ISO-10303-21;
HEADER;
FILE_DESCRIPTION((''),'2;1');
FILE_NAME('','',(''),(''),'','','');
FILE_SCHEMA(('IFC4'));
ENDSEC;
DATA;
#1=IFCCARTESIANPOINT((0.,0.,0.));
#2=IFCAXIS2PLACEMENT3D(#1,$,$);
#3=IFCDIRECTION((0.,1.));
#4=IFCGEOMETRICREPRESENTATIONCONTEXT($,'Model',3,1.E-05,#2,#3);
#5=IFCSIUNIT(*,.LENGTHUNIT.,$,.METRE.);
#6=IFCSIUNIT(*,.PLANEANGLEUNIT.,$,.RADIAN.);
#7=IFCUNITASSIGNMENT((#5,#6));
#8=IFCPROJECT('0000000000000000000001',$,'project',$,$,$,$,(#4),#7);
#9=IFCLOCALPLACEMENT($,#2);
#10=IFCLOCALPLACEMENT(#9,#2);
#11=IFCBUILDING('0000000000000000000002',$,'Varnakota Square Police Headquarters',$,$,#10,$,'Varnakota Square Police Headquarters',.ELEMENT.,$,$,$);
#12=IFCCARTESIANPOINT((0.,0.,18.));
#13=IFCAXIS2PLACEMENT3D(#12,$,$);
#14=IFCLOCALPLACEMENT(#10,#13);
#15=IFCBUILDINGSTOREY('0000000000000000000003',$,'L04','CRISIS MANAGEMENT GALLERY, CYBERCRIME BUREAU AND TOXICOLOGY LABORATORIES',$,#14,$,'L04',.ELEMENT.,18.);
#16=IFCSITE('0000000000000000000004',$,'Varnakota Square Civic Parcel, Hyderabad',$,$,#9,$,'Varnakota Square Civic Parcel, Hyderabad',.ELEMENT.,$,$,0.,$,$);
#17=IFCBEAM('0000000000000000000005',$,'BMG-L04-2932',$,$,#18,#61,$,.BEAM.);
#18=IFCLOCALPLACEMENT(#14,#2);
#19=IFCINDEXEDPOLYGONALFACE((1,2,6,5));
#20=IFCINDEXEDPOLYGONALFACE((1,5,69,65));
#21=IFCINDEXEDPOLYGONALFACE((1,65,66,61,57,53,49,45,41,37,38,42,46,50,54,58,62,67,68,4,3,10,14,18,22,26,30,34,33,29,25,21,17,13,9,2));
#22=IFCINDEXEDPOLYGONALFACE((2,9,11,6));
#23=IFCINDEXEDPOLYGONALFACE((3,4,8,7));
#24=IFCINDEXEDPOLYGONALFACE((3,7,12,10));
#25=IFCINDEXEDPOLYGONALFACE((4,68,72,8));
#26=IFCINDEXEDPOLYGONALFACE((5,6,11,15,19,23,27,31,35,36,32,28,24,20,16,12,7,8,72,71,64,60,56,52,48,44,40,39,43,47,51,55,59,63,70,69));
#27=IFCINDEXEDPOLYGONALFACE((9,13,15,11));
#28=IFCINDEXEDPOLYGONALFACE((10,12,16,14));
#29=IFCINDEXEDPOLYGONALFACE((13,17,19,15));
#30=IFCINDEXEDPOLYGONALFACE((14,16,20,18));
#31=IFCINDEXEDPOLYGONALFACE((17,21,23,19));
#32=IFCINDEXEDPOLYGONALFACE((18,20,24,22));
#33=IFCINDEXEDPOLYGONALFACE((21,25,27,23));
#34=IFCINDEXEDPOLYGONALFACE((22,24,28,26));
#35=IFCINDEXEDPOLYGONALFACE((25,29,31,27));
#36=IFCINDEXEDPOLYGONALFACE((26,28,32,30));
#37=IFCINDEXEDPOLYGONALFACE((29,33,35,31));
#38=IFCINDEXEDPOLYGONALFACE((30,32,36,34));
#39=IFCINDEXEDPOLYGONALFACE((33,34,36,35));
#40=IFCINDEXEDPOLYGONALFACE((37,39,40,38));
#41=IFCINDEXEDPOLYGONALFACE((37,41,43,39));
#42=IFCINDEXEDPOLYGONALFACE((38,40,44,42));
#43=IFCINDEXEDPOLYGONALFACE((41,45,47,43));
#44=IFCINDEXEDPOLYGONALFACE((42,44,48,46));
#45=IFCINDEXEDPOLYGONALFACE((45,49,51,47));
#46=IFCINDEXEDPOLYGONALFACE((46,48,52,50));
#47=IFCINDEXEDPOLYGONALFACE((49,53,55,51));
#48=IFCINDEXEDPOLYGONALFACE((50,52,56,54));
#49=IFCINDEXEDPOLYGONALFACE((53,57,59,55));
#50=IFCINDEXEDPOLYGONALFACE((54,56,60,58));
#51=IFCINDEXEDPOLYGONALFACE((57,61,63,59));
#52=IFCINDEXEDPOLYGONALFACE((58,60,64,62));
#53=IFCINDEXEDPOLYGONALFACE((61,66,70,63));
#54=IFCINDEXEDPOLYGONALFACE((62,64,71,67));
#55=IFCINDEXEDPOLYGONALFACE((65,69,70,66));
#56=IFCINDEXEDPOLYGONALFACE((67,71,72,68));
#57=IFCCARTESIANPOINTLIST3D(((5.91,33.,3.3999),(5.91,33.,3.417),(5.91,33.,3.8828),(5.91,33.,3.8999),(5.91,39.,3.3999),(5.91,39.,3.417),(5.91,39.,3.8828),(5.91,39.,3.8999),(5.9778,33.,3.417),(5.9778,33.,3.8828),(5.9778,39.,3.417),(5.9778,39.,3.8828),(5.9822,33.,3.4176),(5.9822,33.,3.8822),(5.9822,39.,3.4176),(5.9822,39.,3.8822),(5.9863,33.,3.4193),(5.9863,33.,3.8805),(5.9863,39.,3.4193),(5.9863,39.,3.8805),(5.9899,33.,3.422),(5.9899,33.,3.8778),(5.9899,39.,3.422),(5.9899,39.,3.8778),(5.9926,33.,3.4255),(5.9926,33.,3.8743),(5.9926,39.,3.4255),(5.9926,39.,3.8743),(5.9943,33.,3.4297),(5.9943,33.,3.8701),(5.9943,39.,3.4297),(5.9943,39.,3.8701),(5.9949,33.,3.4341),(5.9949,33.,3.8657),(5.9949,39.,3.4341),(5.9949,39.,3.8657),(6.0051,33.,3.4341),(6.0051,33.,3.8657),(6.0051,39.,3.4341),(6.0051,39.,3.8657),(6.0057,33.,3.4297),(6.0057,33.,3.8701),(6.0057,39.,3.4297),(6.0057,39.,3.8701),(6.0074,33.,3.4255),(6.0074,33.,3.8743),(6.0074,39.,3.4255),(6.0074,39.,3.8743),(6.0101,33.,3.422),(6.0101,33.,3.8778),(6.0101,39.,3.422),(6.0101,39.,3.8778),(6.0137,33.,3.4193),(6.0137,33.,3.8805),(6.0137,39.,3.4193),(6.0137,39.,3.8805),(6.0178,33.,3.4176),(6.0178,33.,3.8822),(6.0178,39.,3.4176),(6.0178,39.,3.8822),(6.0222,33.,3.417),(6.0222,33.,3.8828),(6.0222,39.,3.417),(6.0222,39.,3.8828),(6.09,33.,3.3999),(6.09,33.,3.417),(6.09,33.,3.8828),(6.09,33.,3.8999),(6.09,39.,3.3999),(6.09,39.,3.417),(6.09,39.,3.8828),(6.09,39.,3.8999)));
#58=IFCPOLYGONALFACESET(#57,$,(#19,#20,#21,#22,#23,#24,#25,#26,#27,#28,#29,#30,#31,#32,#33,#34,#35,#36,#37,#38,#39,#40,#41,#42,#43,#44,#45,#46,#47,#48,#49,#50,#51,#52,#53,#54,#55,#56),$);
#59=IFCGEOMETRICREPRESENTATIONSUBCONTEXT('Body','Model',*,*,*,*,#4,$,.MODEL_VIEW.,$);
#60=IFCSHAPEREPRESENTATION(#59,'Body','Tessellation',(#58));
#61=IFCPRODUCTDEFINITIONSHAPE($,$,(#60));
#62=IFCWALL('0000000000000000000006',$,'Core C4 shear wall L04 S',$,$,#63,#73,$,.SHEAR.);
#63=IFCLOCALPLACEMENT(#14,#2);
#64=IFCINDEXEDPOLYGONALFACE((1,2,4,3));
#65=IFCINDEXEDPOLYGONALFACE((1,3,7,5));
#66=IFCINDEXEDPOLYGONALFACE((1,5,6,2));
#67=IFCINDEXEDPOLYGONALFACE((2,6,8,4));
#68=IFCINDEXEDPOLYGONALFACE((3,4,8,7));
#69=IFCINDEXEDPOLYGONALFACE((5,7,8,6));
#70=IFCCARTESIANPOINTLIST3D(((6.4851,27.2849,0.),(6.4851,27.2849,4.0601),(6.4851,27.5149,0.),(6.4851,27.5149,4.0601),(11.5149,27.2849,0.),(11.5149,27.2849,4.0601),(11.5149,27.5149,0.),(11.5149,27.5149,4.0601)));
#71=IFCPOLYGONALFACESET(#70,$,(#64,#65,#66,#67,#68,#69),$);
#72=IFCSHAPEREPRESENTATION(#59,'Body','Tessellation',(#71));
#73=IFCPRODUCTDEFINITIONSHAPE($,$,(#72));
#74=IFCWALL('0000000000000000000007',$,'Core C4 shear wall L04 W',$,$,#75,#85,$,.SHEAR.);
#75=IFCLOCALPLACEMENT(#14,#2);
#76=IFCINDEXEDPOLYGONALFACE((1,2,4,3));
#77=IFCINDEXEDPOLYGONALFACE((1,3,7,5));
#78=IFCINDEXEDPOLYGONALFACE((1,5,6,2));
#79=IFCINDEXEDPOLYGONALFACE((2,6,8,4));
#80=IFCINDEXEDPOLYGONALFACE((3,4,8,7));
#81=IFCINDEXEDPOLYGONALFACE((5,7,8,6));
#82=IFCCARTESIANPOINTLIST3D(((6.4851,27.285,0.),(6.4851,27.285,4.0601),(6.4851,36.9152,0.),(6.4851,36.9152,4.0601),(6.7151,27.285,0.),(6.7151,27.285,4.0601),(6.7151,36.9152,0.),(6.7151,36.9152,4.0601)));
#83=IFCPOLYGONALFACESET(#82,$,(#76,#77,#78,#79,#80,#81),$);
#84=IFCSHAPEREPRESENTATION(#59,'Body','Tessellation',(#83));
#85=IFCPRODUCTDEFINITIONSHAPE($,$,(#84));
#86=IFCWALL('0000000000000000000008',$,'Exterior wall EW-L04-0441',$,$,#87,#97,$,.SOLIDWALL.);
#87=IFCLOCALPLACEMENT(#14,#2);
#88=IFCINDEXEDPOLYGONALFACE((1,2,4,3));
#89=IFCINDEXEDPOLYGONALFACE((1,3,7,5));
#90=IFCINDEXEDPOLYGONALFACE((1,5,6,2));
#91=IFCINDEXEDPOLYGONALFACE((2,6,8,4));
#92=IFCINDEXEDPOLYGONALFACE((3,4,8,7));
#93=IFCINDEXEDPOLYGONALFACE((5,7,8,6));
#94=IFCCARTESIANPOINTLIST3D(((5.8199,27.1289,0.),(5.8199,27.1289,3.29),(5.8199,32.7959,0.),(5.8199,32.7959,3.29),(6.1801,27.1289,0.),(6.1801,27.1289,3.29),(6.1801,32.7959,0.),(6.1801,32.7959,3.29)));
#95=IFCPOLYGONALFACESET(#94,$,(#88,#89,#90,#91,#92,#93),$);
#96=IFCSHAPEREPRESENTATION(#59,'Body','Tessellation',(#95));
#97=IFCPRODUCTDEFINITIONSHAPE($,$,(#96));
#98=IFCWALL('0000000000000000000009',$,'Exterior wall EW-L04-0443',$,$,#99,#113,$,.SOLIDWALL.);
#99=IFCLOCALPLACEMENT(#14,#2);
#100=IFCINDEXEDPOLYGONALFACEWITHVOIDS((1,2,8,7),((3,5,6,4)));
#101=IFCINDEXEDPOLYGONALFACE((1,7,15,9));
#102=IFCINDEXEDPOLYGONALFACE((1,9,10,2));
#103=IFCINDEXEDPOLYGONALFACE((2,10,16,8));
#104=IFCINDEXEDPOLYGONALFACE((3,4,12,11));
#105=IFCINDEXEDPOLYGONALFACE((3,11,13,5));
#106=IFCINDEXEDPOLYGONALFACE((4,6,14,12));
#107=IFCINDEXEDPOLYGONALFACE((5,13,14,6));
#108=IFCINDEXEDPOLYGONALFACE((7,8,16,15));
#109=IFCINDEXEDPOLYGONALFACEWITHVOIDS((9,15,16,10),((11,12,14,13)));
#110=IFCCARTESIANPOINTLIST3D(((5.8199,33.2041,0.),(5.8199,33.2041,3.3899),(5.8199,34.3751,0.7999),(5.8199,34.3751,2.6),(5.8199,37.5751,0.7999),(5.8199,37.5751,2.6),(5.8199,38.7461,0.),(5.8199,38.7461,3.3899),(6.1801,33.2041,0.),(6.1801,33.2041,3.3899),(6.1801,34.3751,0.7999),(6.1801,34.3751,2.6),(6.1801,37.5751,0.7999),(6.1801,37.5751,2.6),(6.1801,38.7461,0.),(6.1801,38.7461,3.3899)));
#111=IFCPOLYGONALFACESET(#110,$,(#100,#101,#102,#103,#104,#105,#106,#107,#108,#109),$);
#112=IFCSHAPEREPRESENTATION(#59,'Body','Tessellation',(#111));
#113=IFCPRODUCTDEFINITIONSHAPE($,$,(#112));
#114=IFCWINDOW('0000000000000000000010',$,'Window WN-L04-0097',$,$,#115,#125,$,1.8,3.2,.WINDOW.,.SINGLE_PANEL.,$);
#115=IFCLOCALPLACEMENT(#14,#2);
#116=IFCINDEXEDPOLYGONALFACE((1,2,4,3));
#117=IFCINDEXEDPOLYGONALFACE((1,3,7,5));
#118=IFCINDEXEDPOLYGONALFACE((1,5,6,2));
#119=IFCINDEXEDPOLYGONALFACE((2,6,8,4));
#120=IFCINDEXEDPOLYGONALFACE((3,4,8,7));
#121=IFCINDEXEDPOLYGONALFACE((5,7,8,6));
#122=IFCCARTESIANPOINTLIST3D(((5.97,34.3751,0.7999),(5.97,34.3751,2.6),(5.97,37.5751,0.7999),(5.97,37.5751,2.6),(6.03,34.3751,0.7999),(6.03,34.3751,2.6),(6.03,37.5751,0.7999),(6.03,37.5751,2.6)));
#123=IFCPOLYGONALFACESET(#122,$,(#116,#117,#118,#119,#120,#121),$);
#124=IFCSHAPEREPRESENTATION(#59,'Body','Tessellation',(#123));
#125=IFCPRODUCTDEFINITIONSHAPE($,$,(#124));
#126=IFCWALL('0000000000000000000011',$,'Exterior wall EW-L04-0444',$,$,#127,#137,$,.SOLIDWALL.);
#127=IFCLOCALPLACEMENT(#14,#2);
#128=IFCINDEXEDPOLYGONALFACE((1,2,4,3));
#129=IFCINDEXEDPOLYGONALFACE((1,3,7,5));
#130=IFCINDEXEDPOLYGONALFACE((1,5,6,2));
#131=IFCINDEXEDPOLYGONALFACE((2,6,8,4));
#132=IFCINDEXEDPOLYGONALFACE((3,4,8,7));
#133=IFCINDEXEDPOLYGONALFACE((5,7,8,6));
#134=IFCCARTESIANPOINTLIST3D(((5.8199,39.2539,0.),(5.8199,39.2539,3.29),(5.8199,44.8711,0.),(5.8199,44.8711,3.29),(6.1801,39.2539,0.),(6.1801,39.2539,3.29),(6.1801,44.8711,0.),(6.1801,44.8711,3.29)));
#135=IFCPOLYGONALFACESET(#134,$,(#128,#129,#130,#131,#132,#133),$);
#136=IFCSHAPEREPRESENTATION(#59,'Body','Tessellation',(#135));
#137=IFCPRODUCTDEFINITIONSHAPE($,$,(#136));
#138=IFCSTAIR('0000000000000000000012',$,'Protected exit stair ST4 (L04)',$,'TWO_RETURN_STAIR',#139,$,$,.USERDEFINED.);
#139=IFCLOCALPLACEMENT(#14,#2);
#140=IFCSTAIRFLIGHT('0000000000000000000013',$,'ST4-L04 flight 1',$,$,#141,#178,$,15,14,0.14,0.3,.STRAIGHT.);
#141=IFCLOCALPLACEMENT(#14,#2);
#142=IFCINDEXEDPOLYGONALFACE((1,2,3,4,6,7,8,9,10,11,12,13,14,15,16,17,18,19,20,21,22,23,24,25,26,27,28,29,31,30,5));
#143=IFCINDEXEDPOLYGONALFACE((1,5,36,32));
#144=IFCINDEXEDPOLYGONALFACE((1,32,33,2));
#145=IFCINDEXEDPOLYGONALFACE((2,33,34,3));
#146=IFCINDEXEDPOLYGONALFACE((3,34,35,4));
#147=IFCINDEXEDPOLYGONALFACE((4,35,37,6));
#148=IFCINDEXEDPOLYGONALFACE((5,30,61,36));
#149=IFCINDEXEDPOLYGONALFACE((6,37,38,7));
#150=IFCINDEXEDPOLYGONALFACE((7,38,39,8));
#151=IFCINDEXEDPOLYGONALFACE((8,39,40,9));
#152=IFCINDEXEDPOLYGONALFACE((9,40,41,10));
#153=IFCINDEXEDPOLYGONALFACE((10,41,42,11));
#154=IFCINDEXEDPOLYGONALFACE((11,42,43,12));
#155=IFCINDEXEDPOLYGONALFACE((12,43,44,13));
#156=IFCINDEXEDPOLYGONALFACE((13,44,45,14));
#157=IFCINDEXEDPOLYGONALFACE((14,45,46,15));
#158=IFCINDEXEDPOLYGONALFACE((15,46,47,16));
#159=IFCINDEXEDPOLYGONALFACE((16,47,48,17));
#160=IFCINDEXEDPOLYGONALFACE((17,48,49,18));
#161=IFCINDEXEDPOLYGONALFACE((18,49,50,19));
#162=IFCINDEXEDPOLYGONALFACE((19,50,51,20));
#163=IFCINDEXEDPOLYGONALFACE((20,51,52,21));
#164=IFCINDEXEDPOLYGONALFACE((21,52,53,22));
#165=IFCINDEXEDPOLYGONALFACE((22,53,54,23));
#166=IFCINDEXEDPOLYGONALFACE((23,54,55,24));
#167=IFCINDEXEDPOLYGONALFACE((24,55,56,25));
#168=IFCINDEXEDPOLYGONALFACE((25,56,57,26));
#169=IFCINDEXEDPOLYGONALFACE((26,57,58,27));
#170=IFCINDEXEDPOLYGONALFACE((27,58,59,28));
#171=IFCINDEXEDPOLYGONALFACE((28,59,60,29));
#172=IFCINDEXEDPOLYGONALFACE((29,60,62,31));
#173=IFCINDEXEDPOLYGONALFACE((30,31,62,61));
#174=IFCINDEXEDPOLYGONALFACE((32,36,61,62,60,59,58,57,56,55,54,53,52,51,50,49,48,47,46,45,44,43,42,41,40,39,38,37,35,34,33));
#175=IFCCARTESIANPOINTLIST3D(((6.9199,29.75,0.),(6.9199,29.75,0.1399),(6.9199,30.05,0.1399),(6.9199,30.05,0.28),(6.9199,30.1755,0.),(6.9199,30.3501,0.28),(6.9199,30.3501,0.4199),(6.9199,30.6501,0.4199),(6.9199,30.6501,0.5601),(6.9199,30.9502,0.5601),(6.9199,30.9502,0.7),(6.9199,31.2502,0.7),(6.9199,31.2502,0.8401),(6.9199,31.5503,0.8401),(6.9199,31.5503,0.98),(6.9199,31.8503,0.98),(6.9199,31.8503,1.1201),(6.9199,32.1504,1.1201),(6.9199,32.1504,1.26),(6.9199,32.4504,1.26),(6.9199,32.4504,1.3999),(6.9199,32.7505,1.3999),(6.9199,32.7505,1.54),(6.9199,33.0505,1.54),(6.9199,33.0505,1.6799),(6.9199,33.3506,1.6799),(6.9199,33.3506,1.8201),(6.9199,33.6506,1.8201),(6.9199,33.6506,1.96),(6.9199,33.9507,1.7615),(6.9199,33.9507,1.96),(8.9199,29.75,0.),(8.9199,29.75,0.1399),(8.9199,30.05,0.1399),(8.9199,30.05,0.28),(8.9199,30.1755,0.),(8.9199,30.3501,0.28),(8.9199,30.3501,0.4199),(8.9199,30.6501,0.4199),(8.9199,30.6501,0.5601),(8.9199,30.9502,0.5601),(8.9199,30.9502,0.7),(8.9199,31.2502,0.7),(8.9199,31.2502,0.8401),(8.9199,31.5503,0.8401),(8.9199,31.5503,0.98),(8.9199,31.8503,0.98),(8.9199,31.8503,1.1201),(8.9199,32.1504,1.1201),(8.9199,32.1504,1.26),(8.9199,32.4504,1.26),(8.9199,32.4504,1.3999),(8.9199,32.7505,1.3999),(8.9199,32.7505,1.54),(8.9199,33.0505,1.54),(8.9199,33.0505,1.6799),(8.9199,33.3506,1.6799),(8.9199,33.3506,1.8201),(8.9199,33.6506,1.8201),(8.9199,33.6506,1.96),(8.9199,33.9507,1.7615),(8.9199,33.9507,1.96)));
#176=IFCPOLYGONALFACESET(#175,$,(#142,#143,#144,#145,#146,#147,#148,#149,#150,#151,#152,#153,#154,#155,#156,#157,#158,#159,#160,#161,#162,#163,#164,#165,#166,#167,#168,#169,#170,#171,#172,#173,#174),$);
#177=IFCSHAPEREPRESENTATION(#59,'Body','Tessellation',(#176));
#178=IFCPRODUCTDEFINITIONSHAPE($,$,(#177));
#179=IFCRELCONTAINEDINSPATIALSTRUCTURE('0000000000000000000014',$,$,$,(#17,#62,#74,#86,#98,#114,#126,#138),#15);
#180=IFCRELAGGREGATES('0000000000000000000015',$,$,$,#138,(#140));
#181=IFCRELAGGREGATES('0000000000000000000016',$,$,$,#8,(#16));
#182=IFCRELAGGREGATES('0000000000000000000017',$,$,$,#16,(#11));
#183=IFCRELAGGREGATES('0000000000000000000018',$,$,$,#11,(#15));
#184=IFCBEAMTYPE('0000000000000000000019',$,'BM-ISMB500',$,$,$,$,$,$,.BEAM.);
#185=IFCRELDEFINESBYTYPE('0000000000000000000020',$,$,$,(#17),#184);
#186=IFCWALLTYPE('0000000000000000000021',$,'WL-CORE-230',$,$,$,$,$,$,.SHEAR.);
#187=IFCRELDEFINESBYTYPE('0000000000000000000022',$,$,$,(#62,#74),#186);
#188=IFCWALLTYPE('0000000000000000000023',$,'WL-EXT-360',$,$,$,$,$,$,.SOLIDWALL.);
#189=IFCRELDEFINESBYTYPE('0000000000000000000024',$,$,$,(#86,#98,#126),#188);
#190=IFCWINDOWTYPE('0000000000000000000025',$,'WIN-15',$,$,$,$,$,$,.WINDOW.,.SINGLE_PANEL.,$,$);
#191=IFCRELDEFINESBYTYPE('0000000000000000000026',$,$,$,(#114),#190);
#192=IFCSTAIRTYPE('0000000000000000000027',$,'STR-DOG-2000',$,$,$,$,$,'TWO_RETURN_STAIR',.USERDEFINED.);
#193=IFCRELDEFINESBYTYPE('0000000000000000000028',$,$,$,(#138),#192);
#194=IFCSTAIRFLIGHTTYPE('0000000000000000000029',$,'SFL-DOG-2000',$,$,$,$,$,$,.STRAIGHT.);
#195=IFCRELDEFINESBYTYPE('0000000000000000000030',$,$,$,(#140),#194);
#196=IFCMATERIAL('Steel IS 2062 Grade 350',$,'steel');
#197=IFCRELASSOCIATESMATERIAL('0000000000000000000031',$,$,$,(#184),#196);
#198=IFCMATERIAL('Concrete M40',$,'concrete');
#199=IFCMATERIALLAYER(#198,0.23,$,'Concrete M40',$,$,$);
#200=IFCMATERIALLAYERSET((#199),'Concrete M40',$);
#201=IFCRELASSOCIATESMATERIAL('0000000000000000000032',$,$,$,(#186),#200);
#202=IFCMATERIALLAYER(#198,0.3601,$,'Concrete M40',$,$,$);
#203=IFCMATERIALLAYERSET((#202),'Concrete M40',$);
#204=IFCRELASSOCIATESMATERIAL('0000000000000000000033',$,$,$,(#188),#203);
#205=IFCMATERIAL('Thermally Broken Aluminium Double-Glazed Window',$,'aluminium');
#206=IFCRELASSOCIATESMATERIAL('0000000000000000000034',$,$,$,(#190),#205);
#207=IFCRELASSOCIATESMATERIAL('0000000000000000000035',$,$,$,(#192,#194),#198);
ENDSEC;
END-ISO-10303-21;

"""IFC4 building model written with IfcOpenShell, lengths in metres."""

from ifc_helpers import new_model, si_unit, direction, frame, frame_2d, origin, origin_2d, place, context, subcontext, project, spatial, polyline, rectangle, i_section, outline, extrude, material, layer, layer_set, material_profile, profile_set, type_object, element, fill, aggregate, save


model = new_model("IFC4")

# Units and contexts
model_context = context("Model", 3, precision=1e-05, world=origin(), true_north=direction((0.0, 1.0)))
body_context = subcontext(model_context, "Body", "Model", "MODEL_VIEW")
ifc_project = project(units=[si_unit("LENGTHUNIT", "METRE"), si_unit("PLANEANGLEUNIT", "RADIAN")], contexts=[model_context])

# Site, building, storey
site_placement = place(None, origin())
site = spatial("IfcSite", under=ifc_project, at=site_placement, Name="Varnakota Square Civic Parcel, Hyderabad", LongName="Varnakota Square Civic Parcel, Hyderabad", CompositionType="ELEMENT", RefElevation=0.0)
building_placement = place(site_placement, origin())
building = spatial("IfcBuilding", under=site, at=building_placement, Name="Varnakota Square Police Headquarters", LongName="Varnakota Square Police Headquarters", CompositionType="ELEMENT")
storey_placement = place(building_placement, frame((0.0, 0.0, 18.0)))
storey = spatial("IfcBuildingStorey", under=building, at=storey_placement, Name="L04", Description="CRISIS MANAGEMENT GALLERY, CYBERCRIME BUREAU AND TOXICOLOGY LABORATORIES", LongName="L04", CompositionType="ELEMENT", Elevation=18.0)

# Shared definitions
ifc_material_1 = material(Name="Steel IS 2062 Grade 350", Category="steel")

# Beam
ifc_material_profile_1 = material_profile(ifc_material_1, i_section(OverallWidth=0.1799, OverallDepth=0.5, WebThickness=0.0103, FlangeThickness=0.0171, FilletRadius=0.0171, at=origin_2d()), Name="ISMB 500")
ifc_profile_set_1 = profile_set([ifc_material_profile_1], Name="Steel IS 2062 Grade 350")
beam_type_1 = type_object("IfcBeamType", Name="BM-ISMB500", PredefinedType="BEAM", material=ifc_profile_set_1)
beam_1_placement = place(storey_placement, frame((6.0, 33.0, 3.6499), z_axis=(0.0, 1.0, 0.0), x_axis=(-1.0, 0.0, 0.0)))
element("IfcBeam", 1, at=beam_1_placement, inside=storey, type_object=beam_type_1, Name="BMG-L04-2932", PredefinedType="BEAM", context=body_context, shape_type="SweptSolid", body=[
    extrude(i_section(OverallWidth=0.1799, OverallDepth=0.5, WebThickness=0.0103, FlangeThickness=0.0171, FilletRadius=0.0171, at=origin_2d()), origin(), (0.0, 0.0, 1.0), 6.0),
])

# Walls
ifc_material_2 = material(Name="Concrete M40", Category="concrete")
ifc_layer_1 = layer(ifc_material_2, 0.23, Name="Concrete M40")
ifc_layer_set_1 = layer_set([ifc_layer_1], Name="Concrete M40")
wall_type_1 = type_object("IfcWallType", Name="WL-CORE-230", PredefinedType="SHEAR", material=ifc_layer_set_1)
wall_1_placement = place(storey_placement, frame((6.4851, 27.3999, 0.0), z_axis=(0.0, 0.0, 1.0), x_axis=(1.0, 0.0, 0.0)))
element("IfcWall", 2, at=wall_1_placement, inside=storey, type_object=wall_type_1, Name="Core C4 shear wall L04 S", PredefinedType="SHEAR", context=body_context, shape_type="SweptSolid", body=[
    extrude(rectangle(XDim=5.0298, YDim=0.23, at=frame_2d((2.5149, 0.0))), origin(), (0.0, 0.0, 1.0), 4.0601),
])
wall_2_placement = place(storey_placement, frame((6.6001, 36.915, 0.0), z_axis=(0.0, 0.0, 1.0), x_axis=(0.0, -1.0, 0.0)))
element("IfcWall", 3, at=wall_2_placement, inside=storey, type_object=wall_type_1, Name="Core C4 shear wall L04 W", PredefinedType="SHEAR", context=body_context, shape_type="SweptSolid", body=[
    extrude(rectangle(XDim=9.6301, YDim=0.23, at=frame_2d((4.8149, 0.0))), origin(), (0.0, 0.0, 1.0), 4.0601),
])
ifc_layer_2 = layer(ifc_material_2, 0.3601, Name="Concrete M40")
ifc_layer_set_2 = layer_set([ifc_layer_2], Name="Concrete M40")
wall_type_2 = type_object("IfcWallType", Name="WL-EXT-360", PredefinedType="SOLIDWALL", material=ifc_layer_set_2)
wall_3_placement = place(storey_placement, frame((6.0, 27.1289, 0.0), z_axis=(0.0, 0.0, 1.0), x_axis=(0.0, 1.0, 0.0)))
element("IfcWall", 4, at=wall_3_placement, inside=storey, type_object=wall_type_2, Name="Exterior wall EW-L04-0441", PredefinedType="SOLIDWALL", context=body_context, shape_type="SweptSolid", body=[
    extrude(rectangle(XDim=5.667, YDim=0.3601, at=frame_2d((2.8335, 0.0))), origin(), (0.0, 0.0, 1.0), 3.29),
])

# Wall, opening, window
wall_4_placement = place(storey_placement, frame((6.0, 33.2041, 0.0), z_axis=(0.0, 0.0, 1.0), x_axis=(0.0, 1.0, 0.0)))
wall_4 = element("IfcWall", 5, at=wall_4_placement, inside=storey, type_object=wall_type_2, Name="Exterior wall EW-L04-0443", PredefinedType="SOLIDWALL", context=body_context, shape_type="SweptSolid", body=[
    extrude(rectangle(XDim=5.542, YDim=0.3601, at=frame_2d((2.771, 0.0))), origin(), (0.0, 0.0, 1.0), 3.3899),
])
opening_placement = place(wall_4_placement, frame((1.1709, 0.0, 0.8)))
opening = element("IfcOpeningElement", 6, at=opening_placement, cuts=wall_4, PredefinedType="OPENING", context=body_context, shape_type="SweptSolid", body=[
    extrude(rectangle(XDim=3.2, YDim=1.8, at=frame_2d((1.6001, 0.8999))), frame((0.0, 0.1899, 0.0), z_axis=(0.0, -1.0, 0.0), x_axis=(1.0, 0.0, 0.0)), (0.0, 0.0, 1.0), 0.3801),
])
ifc_material_3 = material(Name="Thermally Broken Aluminium Double-Glazed Window", Category="aluminium")
window_type = type_object("IfcWindowType", Name="WIN-15", PartitioningType="SINGLE_PANEL", PredefinedType="WINDOW", material=ifc_material_3)
window_placement = place(opening_placement, origin())
window = element("IfcWindow", 7, at=window_placement, inside=storey, type_object=window_type, Name="Window WN-L04-0097", OverallHeight=1.8, OverallWidth=3.2, PartitioningType="SINGLE_PANEL", PredefinedType="WINDOW", context=body_context, shape_type="SweptSolid", body=[
    extrude(rectangle(XDim=3.2, YDim=1.8, at=frame_2d((1.6001, 0.8999))), frame((0.0, 0.03, 0.0), z_axis=(0.0, -1.0, 0.0), x_axis=(1.0, 0.0, 0.0)), (0.0, 0.0, 1.0), 0.0601),
])
fill(opening, window)

# Wall
wall_5_placement = place(storey_placement, frame((6.0, 39.2539, 0.0), z_axis=(0.0, 0.0, 1.0), x_axis=(0.0, 1.0, 0.0)))
element("IfcWall", 8, at=wall_5_placement, inside=storey, type_object=wall_type_2, Name="Exterior wall EW-L04-0444", PredefinedType="SOLIDWALL", context=body_context, shape_type="SweptSolid", body=[
    extrude(rectangle(XDim=5.6172, YDim=0.3601, at=frame_2d((2.8086, 0.0))), origin(), (0.0, 0.0, 1.0), 3.29),
])

# Stair, stair flight
stair_type = type_object("IfcStairType", Name="STR-DOG-2000", ElementType="TWO_RETURN_STAIR", PredefinedType="USERDEFINED", material=ifc_material_2)
stair_placement = place(storey_placement, origin())
stair = element("IfcStair", 9, at=stair_placement, inside=storey, type_object=stair_type, Name="Protected exit stair ST4 (L04)", ObjectType="TWO_RETURN_STAIR", PredefinedType="USERDEFINED")
stair_flight_type = type_object("IfcStairFlightType", Name="SFL-DOG-2000", PredefinedType="STRAIGHT", material=ifc_material_2)
stair_flight_1_placement = place(storey_placement, frame((7.9199, 29.75, 0.0), z_axis=(0.0, 0.0, 1.0), x_axis=(0.0, 1.0, 0.0)))
stair_flight_1 = element("IfcStairFlight", 10, at=stair_flight_1_placement, type_object=stair_flight_type, Name="ST4-L04 flight 1", NumberOfRisers=15, NumberOfTreads=14, PredefinedType="STRAIGHT", RiserHeight=0.14, TreadLength=0.3, context=body_context, shape_type="SweptSolid", body=[
    extrude(outline(polyline([(0.0, 0.0), (0.0, 0.1399), (0.3, 0.1399), (0.3, 0.28), (0.6001, 0.28), (0.6001, 0.4199), (0.9001, 0.4199), (0.9001, 0.5601), (1.2002, 0.5601), (1.2002, 0.7), (1.5002, 0.7), (1.5002, 0.8401), (1.8003, 0.8401), (1.8003, 0.98), (2.1003, 0.98), (2.1003, 1.1201), (2.4004, 1.1201), (2.4004, 1.26), (2.7004, 1.26), (2.7004, 1.3999), (3.0005, 1.3999), (3.0005, 1.54), (3.3005, 1.54), (3.3005, 1.6799), (3.6006, 1.6799), (3.6006, 1.8201), (3.9006, 1.8201), (3.9006, 1.96), (4.2007, 1.96), (4.2007, 2.1001), (4.2007, 1.7615), (0.4255, 0.0), (0.0, 0.0)])), frame((0.0, 1.0, 0.0), z_axis=(0.0, -1.0, 0.0), x_axis=(1.0, 0.0, 0.0)), (0.0, 0.0, 1.0), 2.0),
])
aggregate(stair, [stair_flight_1])

save(model, "model.ifc")
